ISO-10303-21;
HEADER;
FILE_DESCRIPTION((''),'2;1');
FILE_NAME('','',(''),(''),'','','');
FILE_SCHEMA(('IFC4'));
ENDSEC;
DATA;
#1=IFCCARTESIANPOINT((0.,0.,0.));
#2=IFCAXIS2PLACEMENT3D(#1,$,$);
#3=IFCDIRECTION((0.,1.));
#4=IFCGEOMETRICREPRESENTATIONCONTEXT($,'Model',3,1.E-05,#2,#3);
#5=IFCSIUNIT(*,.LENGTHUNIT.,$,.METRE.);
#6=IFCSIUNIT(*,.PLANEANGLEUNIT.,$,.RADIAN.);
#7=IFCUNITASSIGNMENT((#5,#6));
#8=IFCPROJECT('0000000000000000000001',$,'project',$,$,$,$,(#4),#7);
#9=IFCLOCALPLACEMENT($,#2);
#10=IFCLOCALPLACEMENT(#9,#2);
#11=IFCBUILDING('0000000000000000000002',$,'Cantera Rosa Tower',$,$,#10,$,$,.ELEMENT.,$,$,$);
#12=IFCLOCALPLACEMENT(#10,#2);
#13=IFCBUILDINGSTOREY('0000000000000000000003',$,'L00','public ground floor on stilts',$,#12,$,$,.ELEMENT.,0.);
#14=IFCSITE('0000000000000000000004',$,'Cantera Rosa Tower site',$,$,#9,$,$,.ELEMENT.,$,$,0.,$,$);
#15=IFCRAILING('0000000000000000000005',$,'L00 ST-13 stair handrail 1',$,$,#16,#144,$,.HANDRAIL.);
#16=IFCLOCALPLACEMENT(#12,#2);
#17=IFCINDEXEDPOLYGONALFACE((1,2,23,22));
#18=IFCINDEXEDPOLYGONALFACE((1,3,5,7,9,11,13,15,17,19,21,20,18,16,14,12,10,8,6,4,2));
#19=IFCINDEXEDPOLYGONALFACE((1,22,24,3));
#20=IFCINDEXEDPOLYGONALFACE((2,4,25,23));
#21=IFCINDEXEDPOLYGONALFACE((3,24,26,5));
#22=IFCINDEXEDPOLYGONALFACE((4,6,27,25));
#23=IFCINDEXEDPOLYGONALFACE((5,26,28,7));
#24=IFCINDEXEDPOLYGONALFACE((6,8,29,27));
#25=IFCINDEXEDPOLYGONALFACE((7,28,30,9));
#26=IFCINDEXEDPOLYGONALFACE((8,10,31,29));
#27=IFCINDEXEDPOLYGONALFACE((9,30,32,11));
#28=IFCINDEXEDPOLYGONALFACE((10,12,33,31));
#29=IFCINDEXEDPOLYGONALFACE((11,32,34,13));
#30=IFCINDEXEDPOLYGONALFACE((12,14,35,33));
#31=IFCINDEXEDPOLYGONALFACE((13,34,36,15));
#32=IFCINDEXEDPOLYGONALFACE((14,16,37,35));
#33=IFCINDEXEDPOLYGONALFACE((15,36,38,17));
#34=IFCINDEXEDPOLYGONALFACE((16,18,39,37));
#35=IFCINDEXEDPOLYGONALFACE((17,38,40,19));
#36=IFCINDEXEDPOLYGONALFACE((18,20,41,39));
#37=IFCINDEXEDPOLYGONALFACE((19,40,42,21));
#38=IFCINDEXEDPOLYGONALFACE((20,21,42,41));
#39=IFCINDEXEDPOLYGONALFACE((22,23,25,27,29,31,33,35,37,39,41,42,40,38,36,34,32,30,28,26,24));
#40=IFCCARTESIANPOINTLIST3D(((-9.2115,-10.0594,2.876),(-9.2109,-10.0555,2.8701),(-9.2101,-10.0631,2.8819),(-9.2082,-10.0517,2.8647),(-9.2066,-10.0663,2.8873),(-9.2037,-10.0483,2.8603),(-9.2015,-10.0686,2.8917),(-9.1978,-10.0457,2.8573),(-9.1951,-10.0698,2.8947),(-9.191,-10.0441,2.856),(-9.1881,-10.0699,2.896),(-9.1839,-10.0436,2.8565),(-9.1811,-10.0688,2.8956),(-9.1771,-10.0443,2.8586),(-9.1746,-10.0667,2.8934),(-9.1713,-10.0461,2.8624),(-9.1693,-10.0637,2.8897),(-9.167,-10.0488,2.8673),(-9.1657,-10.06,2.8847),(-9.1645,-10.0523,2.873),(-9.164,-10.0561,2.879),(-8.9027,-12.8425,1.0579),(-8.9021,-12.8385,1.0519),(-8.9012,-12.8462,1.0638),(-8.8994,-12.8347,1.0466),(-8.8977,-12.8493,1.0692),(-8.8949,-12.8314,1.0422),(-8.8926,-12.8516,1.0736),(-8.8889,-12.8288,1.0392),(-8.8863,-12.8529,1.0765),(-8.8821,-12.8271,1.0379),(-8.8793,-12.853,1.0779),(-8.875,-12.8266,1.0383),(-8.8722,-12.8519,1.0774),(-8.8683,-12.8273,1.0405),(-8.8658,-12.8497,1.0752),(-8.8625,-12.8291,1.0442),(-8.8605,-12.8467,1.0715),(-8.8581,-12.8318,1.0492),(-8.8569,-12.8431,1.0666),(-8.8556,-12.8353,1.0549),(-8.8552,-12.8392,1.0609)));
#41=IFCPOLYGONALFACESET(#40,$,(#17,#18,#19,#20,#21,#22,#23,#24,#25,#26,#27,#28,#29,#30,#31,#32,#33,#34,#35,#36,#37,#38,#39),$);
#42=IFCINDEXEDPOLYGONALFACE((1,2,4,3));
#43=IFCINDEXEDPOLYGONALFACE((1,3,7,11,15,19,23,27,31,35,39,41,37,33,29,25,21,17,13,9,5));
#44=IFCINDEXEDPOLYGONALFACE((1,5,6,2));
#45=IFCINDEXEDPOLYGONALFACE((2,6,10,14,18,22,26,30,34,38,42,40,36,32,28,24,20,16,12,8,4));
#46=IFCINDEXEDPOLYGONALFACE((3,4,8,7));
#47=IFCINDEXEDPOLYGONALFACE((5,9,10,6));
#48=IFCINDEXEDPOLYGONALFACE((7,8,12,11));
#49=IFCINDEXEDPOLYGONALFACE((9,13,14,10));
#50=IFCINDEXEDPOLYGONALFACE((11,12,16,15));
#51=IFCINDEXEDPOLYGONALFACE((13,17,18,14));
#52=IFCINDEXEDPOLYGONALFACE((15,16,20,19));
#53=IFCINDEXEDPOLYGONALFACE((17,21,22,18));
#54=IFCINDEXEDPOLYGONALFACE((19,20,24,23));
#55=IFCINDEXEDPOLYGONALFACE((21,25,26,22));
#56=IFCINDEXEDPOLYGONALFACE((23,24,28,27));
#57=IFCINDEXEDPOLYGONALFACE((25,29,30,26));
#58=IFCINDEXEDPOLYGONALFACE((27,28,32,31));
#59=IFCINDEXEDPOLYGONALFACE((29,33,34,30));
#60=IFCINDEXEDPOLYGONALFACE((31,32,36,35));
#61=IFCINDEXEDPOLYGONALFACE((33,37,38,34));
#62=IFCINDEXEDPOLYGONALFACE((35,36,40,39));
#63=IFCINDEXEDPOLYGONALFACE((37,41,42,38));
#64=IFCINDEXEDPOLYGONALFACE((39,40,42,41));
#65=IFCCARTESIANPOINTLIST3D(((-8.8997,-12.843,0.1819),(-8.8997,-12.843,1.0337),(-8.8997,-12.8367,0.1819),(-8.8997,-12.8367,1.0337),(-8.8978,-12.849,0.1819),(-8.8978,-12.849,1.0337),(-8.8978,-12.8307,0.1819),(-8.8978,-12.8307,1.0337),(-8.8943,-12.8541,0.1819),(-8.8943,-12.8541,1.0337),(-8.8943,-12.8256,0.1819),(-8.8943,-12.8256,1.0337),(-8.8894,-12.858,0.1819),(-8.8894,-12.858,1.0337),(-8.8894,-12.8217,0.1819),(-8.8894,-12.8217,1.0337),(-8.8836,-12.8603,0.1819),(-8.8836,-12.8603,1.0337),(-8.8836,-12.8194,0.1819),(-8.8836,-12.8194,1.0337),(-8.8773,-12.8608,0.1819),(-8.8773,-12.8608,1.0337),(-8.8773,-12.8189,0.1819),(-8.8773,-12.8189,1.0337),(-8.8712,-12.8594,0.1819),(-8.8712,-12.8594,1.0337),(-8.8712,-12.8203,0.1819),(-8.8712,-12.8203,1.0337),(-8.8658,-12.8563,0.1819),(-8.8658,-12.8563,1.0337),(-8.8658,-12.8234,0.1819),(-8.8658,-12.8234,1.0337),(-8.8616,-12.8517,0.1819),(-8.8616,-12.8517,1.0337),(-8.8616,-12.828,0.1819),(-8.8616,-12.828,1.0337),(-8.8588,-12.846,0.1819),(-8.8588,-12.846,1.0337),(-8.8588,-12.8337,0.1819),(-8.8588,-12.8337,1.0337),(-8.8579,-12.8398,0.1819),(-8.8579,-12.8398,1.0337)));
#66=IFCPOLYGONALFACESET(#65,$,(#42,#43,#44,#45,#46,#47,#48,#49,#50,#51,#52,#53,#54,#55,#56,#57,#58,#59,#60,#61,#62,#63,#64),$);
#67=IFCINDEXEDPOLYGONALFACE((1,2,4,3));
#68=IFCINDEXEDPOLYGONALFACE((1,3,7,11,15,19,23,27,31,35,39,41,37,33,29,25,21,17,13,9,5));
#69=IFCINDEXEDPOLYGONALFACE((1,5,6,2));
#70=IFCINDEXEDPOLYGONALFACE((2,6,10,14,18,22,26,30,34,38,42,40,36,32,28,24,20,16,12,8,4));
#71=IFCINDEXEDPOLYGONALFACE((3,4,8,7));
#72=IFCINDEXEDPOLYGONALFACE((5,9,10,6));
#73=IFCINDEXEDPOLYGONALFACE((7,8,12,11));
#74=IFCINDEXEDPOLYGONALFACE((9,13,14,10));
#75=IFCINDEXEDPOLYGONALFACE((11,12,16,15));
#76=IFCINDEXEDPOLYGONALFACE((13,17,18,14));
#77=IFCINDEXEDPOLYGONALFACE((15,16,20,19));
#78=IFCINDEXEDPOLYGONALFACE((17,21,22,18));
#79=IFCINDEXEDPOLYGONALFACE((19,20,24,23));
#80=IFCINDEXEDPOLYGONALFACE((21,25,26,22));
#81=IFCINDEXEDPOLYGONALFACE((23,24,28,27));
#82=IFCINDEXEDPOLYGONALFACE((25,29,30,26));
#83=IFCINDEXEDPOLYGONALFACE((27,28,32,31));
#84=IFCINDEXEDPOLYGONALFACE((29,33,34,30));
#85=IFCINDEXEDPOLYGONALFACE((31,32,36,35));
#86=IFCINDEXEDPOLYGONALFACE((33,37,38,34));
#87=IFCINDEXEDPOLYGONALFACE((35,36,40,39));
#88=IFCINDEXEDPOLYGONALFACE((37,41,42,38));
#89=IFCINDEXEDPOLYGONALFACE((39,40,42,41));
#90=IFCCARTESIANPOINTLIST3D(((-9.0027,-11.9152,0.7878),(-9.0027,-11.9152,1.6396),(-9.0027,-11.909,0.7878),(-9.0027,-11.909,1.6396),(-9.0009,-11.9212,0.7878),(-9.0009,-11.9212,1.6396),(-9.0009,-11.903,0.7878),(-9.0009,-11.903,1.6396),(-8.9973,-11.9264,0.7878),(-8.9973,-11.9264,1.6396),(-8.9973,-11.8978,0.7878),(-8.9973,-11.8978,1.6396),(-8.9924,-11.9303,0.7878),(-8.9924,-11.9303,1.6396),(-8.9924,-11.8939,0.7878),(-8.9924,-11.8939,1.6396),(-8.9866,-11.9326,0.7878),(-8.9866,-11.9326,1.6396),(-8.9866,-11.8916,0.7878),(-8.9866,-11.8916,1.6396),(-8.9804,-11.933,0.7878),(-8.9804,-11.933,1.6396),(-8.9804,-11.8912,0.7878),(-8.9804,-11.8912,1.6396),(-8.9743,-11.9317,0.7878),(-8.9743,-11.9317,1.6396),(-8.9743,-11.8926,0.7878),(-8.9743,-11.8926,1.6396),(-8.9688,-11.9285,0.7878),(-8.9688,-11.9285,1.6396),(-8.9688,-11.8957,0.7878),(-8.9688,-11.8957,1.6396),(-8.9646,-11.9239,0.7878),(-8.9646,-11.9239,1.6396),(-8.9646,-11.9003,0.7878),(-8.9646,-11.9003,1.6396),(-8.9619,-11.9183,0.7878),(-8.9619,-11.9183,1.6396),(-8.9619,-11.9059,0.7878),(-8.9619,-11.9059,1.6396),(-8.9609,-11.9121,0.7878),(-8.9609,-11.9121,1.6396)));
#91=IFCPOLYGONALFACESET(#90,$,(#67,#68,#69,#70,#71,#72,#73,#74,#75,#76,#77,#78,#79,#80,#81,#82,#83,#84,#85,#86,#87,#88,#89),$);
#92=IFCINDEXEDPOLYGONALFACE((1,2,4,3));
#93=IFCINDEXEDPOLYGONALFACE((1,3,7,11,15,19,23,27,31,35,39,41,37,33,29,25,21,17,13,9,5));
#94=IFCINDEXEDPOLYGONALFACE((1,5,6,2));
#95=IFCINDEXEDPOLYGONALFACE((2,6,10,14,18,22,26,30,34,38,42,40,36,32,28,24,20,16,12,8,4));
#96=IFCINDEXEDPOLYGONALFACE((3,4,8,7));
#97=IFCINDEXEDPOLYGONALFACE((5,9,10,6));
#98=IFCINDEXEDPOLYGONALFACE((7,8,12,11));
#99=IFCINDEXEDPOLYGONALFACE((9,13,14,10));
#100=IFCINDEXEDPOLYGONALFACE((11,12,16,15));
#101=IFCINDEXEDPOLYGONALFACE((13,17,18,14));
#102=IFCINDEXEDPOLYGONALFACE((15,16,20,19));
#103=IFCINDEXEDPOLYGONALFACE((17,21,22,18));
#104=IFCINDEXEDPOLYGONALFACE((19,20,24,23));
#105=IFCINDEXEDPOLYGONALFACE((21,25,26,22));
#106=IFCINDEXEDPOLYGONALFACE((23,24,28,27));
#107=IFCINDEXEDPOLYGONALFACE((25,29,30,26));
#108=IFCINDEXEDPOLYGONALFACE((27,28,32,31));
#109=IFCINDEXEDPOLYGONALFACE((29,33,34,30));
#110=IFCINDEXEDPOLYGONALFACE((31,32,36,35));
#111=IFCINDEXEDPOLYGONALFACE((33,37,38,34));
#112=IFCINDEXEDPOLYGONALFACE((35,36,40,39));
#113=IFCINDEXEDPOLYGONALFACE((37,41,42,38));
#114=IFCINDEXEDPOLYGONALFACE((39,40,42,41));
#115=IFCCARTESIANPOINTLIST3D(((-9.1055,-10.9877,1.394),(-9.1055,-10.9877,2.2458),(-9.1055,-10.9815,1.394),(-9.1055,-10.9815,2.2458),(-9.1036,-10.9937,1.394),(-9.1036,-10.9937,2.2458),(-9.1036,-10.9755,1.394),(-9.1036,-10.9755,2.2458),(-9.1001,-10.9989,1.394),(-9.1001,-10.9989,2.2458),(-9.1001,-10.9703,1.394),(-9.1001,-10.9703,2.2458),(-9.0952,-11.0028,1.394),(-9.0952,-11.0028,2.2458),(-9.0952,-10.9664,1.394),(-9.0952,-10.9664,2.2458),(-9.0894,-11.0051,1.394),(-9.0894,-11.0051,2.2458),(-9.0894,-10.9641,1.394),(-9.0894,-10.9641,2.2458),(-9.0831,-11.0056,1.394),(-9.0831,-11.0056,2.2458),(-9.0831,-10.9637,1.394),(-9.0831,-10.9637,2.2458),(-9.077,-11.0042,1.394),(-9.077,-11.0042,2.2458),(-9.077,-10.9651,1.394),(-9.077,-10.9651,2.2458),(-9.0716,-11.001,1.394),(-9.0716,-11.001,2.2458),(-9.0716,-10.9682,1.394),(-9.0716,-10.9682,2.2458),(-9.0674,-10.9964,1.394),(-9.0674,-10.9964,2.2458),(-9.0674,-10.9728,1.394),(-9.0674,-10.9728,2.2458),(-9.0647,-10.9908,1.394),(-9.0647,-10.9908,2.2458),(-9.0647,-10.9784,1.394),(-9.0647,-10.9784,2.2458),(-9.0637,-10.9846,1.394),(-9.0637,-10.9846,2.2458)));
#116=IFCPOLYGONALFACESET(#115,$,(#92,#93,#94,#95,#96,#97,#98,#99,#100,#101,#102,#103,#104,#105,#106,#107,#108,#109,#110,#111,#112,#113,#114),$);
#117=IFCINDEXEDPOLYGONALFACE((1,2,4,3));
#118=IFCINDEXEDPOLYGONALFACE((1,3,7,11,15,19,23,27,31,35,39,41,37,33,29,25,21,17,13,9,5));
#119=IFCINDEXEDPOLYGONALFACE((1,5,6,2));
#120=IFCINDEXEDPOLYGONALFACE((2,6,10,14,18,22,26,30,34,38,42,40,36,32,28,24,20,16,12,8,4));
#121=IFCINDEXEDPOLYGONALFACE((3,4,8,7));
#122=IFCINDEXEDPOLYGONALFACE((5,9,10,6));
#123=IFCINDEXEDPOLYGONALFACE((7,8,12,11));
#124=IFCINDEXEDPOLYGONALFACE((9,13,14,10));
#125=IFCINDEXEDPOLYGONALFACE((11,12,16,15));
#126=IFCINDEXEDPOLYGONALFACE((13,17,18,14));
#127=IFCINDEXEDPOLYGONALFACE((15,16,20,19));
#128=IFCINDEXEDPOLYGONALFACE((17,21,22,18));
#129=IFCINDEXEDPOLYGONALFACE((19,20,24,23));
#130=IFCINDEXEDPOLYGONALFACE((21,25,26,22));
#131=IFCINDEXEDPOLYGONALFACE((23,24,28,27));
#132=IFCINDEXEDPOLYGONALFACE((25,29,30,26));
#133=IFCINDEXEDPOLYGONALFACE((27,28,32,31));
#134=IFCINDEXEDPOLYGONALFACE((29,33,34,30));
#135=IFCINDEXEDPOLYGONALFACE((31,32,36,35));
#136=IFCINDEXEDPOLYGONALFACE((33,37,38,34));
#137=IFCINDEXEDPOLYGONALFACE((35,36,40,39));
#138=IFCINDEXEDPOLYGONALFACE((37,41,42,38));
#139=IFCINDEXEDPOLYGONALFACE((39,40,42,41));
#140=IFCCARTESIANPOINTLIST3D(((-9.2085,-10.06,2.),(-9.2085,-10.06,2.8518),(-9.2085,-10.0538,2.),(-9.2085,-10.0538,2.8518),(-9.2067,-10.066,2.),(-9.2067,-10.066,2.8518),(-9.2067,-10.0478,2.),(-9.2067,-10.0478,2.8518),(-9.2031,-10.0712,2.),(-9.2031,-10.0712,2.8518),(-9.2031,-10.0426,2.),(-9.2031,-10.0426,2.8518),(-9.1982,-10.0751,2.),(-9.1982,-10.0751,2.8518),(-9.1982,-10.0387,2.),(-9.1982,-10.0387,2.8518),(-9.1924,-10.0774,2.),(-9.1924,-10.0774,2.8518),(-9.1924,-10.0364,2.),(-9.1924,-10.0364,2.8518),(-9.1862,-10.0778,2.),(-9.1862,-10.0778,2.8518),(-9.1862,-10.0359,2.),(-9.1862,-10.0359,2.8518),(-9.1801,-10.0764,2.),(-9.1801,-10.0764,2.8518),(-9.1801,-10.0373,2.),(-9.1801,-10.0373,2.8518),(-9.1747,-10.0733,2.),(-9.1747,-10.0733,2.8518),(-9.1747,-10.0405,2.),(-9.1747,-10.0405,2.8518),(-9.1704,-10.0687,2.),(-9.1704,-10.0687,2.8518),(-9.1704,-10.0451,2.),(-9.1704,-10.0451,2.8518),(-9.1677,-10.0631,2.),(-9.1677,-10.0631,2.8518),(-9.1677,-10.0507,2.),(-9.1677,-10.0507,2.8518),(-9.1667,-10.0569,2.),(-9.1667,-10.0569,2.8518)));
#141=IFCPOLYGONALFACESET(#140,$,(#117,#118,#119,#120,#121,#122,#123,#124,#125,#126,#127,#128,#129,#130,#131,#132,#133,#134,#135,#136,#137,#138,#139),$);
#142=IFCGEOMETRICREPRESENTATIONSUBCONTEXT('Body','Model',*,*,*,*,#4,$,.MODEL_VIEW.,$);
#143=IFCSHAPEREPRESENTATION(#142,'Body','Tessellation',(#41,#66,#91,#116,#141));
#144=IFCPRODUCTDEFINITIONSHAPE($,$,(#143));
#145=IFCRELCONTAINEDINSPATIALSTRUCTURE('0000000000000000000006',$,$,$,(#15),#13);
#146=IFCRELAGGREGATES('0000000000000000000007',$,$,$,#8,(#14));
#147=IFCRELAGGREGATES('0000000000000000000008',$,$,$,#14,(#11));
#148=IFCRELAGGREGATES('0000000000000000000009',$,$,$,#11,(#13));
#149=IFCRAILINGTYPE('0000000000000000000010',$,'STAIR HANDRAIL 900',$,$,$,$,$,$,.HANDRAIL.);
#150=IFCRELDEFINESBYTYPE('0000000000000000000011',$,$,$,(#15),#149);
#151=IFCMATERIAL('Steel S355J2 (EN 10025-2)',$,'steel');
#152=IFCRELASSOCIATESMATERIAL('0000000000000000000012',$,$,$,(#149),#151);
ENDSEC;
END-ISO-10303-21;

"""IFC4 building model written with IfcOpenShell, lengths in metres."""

from ifc_helpers import new_model, si_unit, direction, frame, origin, origin_2d, place, context, subcontext, project, spatial, circle, extrude, material, type_object, element, save


model = new_model("IFC4")

# Units and contexts
model_context = context("Model", 3, precision=1e-05, world=origin(), true_north=direction((0.0, 1.0)))
body_context = subcontext(model_context, "Body", "Model", "MODEL_VIEW")
ifc_project = project(units=[si_unit("LENGTHUNIT", "METRE"), si_unit("PLANEANGLEUNIT", "RADIAN")], contexts=[model_context])

# Site, building, storey
site_placement = place(None, origin())
site = spatial("IfcSite", under=ifc_project, at=site_placement, Name="Cantera Rosa Tower site", CompositionType="ELEMENT", RefElevation=0.0)
building_placement = place(site_placement, origin())
building = spatial("IfcBuilding", under=site, at=building_placement, Name="Cantera Rosa Tower", CompositionType="ELEMENT")
storey_placement = place(building_placement, origin())
storey = spatial("IfcBuildingStorey", under=building, at=storey_placement, Name="L00", Description="public ground floor on stilts", CompositionType="ELEMENT", Elevation=0.0)

# Railing
ifc_material_1 = material(Name="Steel S355J2 (EN 10025-2)", Category="steel")
railing_type_1 = type_object("IfcRailingType", Name="STAIR HANDRAIL 900", PredefinedType="HANDRAIL", material=ifc_material_1)
for number, where, name in (
    (1, (-8.8789, -12.8398, 0.1819), "L00 ST-13 stair handrail 1"),
):
    element("IfcRailing", number, at=place(storey_placement, frame(where)), inside=storey, type_object=railing_type_1, Name=name, PredefinedType="HANDRAIL", context=body_context, shape_type="SweptSolid", body=[
        extrude(circle(Radius=0.0239, at=origin_2d()), frame((0.0, 0.0, 0.876), z_axis=(-0.092507, 0.833588, 0.544586), x_axis=(-0.993899, -0.110298, 0.0)), (0.0, 0.0, 1.0), 3.3386),
        extrude(circle(Radius=0.021, at=origin_2d()), origin(), (0.0, 0.0, 1.0), 0.8518),
        extrude(circle(Radius=0.021, at=origin_2d()), frame((-0.103, 0.9277, 0.606)), (0.0, 0.0, 1.0), 0.8518),
        extrude(circle(Radius=0.021, at=origin_2d()), frame((-0.2058, 1.8552, 1.2122)), (0.0, 0.0, 1.0), 0.8518),
        extrude(circle(Radius=0.021, at=origin_2d()), frame((-0.3088, 2.783, 1.8181)), (0.0, 0.0, 1.0), 0.8518),
    ])

save(model, "model.ifc")
